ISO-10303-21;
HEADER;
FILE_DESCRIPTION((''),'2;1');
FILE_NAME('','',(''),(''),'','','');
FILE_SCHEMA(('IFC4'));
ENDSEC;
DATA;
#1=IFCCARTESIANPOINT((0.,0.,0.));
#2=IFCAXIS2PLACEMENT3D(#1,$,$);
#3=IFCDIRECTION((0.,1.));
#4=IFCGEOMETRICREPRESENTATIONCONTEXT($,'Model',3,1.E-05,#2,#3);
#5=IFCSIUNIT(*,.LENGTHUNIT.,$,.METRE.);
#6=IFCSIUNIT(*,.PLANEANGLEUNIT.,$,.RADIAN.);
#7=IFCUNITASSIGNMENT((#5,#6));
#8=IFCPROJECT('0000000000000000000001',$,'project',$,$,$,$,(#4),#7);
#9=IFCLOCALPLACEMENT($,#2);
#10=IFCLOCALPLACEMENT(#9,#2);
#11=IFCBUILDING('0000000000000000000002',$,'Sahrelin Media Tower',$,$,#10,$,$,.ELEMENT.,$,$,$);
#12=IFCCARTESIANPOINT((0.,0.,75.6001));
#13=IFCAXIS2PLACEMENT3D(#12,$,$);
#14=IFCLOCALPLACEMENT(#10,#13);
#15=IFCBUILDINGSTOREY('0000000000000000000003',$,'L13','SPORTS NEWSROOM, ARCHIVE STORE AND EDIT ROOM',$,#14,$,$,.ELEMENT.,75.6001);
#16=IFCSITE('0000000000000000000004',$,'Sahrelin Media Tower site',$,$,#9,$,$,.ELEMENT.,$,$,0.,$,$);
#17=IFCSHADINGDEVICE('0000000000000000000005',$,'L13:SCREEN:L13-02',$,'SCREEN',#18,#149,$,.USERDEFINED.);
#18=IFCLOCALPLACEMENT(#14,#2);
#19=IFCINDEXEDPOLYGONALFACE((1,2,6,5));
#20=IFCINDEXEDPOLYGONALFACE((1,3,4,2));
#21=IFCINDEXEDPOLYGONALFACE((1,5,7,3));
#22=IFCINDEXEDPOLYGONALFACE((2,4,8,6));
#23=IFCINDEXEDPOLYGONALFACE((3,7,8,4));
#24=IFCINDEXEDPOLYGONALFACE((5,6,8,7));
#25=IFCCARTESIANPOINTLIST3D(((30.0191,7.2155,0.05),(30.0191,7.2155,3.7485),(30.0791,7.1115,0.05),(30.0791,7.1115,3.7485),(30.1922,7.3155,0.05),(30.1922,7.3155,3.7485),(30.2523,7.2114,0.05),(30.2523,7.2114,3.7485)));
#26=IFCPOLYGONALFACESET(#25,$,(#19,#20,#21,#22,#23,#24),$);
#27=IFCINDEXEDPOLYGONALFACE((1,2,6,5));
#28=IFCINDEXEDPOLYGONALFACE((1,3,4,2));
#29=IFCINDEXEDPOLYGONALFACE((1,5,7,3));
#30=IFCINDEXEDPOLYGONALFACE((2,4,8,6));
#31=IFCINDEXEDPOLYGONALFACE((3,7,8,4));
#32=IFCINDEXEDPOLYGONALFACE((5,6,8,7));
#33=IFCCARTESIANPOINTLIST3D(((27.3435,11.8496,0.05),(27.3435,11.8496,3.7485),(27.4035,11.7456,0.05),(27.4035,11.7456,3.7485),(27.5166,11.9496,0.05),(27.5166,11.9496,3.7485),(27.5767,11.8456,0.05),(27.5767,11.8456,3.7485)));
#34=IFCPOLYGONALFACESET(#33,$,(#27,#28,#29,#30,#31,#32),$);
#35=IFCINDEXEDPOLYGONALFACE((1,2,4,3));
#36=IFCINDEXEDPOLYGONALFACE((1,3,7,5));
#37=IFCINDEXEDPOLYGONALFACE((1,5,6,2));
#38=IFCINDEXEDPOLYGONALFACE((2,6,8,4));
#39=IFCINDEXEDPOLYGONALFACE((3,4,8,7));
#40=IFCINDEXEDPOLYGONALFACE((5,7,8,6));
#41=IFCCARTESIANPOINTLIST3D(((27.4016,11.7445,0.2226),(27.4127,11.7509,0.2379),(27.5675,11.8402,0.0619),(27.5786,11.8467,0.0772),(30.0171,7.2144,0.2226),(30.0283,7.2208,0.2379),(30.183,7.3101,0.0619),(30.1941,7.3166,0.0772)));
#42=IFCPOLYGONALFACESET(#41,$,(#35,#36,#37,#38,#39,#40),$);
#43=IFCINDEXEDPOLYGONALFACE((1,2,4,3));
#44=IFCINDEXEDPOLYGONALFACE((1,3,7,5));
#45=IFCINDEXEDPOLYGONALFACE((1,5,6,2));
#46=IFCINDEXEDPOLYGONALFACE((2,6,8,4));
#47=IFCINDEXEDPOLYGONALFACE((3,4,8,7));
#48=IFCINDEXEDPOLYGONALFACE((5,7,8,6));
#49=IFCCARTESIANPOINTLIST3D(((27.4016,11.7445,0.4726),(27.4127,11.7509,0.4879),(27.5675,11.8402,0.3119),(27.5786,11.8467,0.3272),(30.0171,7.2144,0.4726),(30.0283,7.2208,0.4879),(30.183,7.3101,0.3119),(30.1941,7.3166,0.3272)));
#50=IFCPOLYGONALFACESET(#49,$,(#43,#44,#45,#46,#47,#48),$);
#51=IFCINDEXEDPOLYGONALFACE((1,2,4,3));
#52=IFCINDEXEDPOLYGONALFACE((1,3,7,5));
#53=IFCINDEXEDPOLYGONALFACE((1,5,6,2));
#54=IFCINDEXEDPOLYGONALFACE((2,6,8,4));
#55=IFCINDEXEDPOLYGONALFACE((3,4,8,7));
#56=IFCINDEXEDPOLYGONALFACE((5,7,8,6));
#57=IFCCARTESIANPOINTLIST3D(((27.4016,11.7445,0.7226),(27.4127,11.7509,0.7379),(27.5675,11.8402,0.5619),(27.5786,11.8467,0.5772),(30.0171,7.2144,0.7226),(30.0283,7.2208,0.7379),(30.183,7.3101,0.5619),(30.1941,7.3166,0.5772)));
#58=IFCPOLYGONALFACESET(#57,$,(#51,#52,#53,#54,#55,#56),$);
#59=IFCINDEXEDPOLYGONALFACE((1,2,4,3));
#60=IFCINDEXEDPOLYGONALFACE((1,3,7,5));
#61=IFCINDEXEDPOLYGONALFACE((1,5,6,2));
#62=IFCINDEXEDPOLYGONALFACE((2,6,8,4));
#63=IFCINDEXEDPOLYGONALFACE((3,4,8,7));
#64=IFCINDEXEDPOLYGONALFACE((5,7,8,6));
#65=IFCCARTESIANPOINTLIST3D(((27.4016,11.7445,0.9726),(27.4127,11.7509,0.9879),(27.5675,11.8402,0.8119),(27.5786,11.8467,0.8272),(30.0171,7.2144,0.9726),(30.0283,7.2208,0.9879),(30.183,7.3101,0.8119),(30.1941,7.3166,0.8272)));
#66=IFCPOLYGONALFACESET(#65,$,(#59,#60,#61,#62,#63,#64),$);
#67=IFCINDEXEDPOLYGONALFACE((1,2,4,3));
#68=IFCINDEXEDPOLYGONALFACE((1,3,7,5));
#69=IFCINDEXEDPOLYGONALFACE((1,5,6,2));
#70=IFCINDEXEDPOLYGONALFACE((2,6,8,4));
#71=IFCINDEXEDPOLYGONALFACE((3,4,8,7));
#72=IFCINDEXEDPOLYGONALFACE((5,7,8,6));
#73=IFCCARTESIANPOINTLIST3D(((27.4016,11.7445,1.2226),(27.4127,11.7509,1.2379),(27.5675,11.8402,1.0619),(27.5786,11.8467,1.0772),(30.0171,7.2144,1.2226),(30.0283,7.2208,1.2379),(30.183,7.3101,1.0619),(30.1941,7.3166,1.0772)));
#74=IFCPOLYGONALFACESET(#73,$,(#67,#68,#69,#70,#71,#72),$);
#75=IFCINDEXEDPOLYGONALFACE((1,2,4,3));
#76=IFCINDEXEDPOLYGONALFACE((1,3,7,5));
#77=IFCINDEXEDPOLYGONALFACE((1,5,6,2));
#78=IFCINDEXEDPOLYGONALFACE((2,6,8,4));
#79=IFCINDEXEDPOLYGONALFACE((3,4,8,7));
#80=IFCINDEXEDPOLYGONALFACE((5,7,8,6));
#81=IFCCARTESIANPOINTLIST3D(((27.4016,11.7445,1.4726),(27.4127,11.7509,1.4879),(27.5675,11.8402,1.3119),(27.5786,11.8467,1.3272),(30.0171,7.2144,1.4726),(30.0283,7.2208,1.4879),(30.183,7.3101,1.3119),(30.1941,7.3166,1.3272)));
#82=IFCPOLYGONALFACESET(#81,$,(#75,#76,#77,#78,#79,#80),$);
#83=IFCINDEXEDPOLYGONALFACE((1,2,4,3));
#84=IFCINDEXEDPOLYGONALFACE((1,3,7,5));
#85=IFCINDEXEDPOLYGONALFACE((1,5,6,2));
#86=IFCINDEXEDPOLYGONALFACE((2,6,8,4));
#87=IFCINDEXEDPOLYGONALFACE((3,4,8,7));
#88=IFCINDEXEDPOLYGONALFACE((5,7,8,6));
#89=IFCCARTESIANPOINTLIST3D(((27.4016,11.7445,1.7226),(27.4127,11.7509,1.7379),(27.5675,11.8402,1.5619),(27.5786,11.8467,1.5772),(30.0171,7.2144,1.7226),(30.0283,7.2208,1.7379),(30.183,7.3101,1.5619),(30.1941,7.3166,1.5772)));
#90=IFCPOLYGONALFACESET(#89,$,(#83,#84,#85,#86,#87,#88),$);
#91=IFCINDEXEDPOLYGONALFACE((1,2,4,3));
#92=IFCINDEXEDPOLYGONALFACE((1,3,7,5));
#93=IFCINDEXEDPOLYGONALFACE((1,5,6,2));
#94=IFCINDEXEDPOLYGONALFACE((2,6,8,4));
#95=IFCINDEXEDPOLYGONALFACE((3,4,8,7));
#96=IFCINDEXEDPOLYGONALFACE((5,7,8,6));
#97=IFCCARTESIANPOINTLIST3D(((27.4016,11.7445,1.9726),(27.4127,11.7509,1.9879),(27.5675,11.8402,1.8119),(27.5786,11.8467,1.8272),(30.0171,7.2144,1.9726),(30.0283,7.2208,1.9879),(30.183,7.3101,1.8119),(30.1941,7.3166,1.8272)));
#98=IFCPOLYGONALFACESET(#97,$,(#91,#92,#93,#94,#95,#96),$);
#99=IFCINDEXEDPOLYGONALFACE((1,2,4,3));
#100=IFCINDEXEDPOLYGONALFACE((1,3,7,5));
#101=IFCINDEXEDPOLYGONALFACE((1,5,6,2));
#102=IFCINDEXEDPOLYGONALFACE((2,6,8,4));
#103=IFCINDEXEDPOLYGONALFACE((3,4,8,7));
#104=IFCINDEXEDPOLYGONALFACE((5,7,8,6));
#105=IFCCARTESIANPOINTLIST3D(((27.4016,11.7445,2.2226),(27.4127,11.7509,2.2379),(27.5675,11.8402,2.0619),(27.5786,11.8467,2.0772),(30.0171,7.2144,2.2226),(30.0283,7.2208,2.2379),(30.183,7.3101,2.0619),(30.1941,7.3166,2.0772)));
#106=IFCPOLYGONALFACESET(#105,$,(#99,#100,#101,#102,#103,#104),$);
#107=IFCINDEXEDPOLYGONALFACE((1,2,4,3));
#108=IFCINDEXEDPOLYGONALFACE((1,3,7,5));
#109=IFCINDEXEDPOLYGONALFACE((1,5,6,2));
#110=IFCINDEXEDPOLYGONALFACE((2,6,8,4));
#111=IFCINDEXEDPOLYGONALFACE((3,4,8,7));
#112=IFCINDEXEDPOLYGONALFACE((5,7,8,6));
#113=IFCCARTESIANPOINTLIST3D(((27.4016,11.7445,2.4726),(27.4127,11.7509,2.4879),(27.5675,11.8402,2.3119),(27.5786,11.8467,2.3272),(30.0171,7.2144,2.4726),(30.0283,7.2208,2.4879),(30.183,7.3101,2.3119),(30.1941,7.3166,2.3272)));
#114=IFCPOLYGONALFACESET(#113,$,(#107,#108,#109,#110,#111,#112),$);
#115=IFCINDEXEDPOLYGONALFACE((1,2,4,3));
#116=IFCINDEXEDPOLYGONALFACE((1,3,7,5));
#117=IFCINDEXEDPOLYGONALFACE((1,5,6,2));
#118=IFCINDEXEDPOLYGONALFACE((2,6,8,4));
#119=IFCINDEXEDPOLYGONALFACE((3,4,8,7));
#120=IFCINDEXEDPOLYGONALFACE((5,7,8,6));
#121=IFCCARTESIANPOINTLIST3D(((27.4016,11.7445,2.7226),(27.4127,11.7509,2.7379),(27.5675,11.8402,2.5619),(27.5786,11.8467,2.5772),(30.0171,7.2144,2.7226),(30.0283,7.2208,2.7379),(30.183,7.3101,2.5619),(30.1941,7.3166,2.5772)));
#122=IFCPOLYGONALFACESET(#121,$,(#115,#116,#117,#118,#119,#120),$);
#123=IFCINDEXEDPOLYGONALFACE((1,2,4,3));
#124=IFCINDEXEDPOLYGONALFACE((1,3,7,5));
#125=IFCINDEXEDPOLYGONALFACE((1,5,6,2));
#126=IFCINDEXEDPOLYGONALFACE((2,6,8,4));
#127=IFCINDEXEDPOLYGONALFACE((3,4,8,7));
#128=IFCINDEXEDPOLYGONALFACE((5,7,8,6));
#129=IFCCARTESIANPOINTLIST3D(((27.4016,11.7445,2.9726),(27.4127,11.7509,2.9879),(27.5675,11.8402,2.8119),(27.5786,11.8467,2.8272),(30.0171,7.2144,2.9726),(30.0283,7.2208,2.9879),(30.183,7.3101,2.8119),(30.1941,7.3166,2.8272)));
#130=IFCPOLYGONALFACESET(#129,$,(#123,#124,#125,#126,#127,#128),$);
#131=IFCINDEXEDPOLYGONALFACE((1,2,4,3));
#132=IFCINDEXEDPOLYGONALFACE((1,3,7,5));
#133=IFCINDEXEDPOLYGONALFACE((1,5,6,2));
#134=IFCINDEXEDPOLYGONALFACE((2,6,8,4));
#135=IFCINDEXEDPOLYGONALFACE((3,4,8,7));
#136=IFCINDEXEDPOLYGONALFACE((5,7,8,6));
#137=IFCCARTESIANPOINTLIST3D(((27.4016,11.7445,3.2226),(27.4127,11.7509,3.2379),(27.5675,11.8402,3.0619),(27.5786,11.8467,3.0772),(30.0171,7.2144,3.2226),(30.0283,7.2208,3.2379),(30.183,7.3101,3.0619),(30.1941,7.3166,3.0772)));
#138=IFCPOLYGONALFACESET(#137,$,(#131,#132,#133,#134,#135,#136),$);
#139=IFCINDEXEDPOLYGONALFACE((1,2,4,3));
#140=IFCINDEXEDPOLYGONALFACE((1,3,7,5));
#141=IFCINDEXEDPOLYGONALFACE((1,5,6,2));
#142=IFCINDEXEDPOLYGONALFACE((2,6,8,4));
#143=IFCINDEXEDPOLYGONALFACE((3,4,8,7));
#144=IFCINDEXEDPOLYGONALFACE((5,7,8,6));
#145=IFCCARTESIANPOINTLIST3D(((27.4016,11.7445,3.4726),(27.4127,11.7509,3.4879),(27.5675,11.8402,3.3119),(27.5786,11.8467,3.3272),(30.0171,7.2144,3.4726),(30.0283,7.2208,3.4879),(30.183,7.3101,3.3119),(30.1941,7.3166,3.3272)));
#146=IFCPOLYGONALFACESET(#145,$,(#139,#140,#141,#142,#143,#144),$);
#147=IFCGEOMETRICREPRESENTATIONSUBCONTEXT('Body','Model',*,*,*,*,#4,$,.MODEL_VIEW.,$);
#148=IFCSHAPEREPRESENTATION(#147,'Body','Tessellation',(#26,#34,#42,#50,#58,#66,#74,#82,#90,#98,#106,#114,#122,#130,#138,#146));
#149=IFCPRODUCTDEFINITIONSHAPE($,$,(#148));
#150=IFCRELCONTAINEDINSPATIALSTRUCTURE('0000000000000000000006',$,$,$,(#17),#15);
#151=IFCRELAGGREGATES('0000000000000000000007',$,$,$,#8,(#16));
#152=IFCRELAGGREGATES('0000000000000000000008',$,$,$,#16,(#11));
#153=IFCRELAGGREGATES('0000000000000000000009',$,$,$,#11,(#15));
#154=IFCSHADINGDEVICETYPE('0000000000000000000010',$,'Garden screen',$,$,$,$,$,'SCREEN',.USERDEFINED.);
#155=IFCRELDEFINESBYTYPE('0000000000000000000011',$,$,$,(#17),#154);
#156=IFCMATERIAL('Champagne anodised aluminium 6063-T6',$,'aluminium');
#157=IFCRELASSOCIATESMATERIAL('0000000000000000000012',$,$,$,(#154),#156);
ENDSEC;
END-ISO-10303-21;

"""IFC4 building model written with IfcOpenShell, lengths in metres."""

from ifc_helpers import new_model, si_unit, direction, frame, origin, origin_2d, place, context, subcontext, project, spatial, rectangle, extrude, material, type_object, element, save


model = new_model("IFC4")

# Units and contexts
model_context = context("Model", 3, precision=1e-05, world=origin(), true_north=direction((0.0, 1.0)))
body_context = subcontext(model_context, "Body", "Model", "MODEL_VIEW")
ifc_project = project(units=[si_unit("LENGTHUNIT", "METRE"), si_unit("PLANEANGLEUNIT", "RADIAN")], contexts=[model_context])

# Site, building, storey
site_placement = place(None, origin())
site = spatial("IfcSite", under=ifc_project, at=site_placement, Name="Sahrelin Media Tower site", CompositionType="ELEMENT", RefElevation=0.0)
building_placement = place(site_placement, origin())
building = spatial("IfcBuilding", under=site, at=building_placement, Name="Sahrelin Media Tower", CompositionType="ELEMENT")
storey_placement = place(building_placement, frame((0.0, 0.0, 75.6001)))
storey = spatial("IfcBuildingStorey", under=building, at=storey_placement, Name="L13", Description="SPORTS NEWSROOM, ARCHIVE STORE AND EDIT ROOM", CompositionType="ELEMENT", Elevation=75.6001)

# Shared definitions
ifc_material_1 = material(Name="Champagne anodised aluminium 6063-T6", Category="aluminium")

# Shading device
shading_device_type_1 = type_object("IfcShadingDeviceType", Name="Garden screen", ElementType="SCREEN", PredefinedType="USERDEFINED", material=ifc_material_1)
shading_device_1_placement = place(storey_placement, frame((28.7112, 9.4805, 0.0), z_axis=(0.0, 0.0, 1.0), x_axis=(0.500011, -0.866019, 0.0)))
element("IfcShadingDevice", 1, at=shading_device_1_placement, inside=storey, type_object=shading_device_type_1, Name="L13:SCREEN:L13-02", ObjectType="SCREEN", PredefinedType="USERDEFINED", context=body_context, shape_type="SweptSolid", body=[
    extrude(rectangle(XDim=0.1201, YDim=0.2, at=origin_2d()), frame((2.6755, 0.1001, 0.05), z_axis=(0.0, 0.0, 1.0), x_axis=(1.0, 0.0, 0.0)), (0.0, 0.0, 1.0), 3.6985),
    extrude(rectangle(XDim=0.1201, YDim=0.2, at=origin_2d()), frame((-2.6755, 0.1001, 0.05), z_axis=(0.0, 0.0, 1.0), x_axis=(1.0, 0.0, 0.0)), (0.0, 0.0, 1.0), 3.6985),
    extrude(rectangle(XDim=0.25, YDim=0.02, at=origin_2d()), frame((2.6155, 0.1001, 0.1499), z_axis=(-1.0, 0.0, 0.0), x_axis=(0.0, -0.766044, 0.642788)), (0.0, 0.0, 1.0), 5.231),
    extrude(rectangle(XDim=0.25, YDim=0.02, at=origin_2d()), frame((2.6155, 0.1001, 0.3999), z_axis=(-1.0, 0.0, 0.0), x_axis=(0.0, -0.766044, 0.642788)), (0.0, 0.0, 1.0), 5.231),
    extrude(rectangle(XDim=0.25, YDim=0.02, at=origin_2d()), frame((2.6155, 0.1001, 0.6499), z_axis=(-1.0, 0.0, 0.0), x_axis=(0.0, -0.766044, 0.642788)), (0.0, 0.0, 1.0), 5.231),
    extrude(rectangle(XDim=0.25, YDim=0.02, at=origin_2d()), frame((2.6155, 0.1001, 0.8999), z_axis=(-1.0, 0.0, 0.0), x_axis=(0.0, -0.766044, 0.642788)), (0.0, 0.0, 1.0), 5.231),
    extrude(rectangle(XDim=0.25, YDim=0.02, at=origin_2d()), frame((2.6155, 0.1001, 1.1499), z_axis=(-1.0, 0.0, 0.0), x_axis=(0.0, -0.766044, 0.642788)), (0.0, 0.0, 1.0), 5.231),
    extrude(rectangle(XDim=0.25, YDim=0.02, at=origin_2d()), frame((2.6155, 0.1001, 1.3999), z_axis=(-1.0, 0.0, 0.0), x_axis=(0.0, -0.766044, 0.642788)), (0.0, 0.0, 1.0), 5.231),
    extrude(rectangle(XDim=0.25, YDim=0.02, at=origin_2d()), frame((2.6155, 0.1001, 1.6499), z_axis=(-1.0, 0.0, 0.0), x_axis=(0.0, -0.766044, 0.642788)), (0.0, 0.0, 1.0), 5.231),
    extrude(rectangle(XDim=0.25, YDim=0.02, at=origin_2d()), frame((2.6155, 0.1001, 1.8999), z_axis=(-1.0, 0.0, 0.0), x_axis=(0.0, -0.766044, 0.642788)), (0.0, 0.0, 1.0), 5.231),
    extrude(rectangle(XDim=0.25, YDim=0.02, at=origin_2d()), frame((2.6155, 0.1001, 2.1499), z_axis=(-1.0, 0.0, 0.0), x_axis=(0.0, -0.766044, 0.642788)), (0.0, 0.0, 1.0), 5.231),
    extrude(rectangle(XDim=0.25, YDim=0.02, at=origin_2d()), frame((2.6155, 0.1001, 2.3999), z_axis=(-1.0, 0.0, 0.0), x_axis=(0.0, -0.766044, 0.642788)), (0.0, 0.0, 1.0), 5.231),
    extrude(rectangle(XDim=0.25, YDim=0.02, at=origin_2d()), frame((2.6155, 0.1001, 2.6499), z_axis=(-1.0, 0.0, 0.0), x_axis=(0.0, -0.766044, 0.642788)), (0.0, 0.0, 1.0), 5.231),
    extrude(rectangle(XDim=0.25, YDim=0.02, at=origin_2d()), frame((2.6155, 0.1001, 2.8999), z_axis=(-1.0, 0.0, 0.0), x_axis=(0.0, -0.766044, 0.642788)), (0.0, 0.0, 1.0), 5.231),
    extrude(rectangle(XDim=0.25, YDim=0.02, at=origin_2d()), frame((2.6155, 0.1001, 3.1499), z_axis=(-1.0, 0.0, 0.0), x_axis=(0.0, -0.766044, 0.642788)), (0.0, 0.0, 1.0), 5.231),
    extrude(rectangle(XDim=0.25, YDim=0.02, at=origin_2d()), frame((2.6155, 0.1001, 3.3999), z_axis=(-1.0, 0.0, 0.0), x_axis=(0.0, -0.766044, 0.642788)), (0.0, 0.0, 1.0), 5.231),
])

save(model, "model.ifc")
